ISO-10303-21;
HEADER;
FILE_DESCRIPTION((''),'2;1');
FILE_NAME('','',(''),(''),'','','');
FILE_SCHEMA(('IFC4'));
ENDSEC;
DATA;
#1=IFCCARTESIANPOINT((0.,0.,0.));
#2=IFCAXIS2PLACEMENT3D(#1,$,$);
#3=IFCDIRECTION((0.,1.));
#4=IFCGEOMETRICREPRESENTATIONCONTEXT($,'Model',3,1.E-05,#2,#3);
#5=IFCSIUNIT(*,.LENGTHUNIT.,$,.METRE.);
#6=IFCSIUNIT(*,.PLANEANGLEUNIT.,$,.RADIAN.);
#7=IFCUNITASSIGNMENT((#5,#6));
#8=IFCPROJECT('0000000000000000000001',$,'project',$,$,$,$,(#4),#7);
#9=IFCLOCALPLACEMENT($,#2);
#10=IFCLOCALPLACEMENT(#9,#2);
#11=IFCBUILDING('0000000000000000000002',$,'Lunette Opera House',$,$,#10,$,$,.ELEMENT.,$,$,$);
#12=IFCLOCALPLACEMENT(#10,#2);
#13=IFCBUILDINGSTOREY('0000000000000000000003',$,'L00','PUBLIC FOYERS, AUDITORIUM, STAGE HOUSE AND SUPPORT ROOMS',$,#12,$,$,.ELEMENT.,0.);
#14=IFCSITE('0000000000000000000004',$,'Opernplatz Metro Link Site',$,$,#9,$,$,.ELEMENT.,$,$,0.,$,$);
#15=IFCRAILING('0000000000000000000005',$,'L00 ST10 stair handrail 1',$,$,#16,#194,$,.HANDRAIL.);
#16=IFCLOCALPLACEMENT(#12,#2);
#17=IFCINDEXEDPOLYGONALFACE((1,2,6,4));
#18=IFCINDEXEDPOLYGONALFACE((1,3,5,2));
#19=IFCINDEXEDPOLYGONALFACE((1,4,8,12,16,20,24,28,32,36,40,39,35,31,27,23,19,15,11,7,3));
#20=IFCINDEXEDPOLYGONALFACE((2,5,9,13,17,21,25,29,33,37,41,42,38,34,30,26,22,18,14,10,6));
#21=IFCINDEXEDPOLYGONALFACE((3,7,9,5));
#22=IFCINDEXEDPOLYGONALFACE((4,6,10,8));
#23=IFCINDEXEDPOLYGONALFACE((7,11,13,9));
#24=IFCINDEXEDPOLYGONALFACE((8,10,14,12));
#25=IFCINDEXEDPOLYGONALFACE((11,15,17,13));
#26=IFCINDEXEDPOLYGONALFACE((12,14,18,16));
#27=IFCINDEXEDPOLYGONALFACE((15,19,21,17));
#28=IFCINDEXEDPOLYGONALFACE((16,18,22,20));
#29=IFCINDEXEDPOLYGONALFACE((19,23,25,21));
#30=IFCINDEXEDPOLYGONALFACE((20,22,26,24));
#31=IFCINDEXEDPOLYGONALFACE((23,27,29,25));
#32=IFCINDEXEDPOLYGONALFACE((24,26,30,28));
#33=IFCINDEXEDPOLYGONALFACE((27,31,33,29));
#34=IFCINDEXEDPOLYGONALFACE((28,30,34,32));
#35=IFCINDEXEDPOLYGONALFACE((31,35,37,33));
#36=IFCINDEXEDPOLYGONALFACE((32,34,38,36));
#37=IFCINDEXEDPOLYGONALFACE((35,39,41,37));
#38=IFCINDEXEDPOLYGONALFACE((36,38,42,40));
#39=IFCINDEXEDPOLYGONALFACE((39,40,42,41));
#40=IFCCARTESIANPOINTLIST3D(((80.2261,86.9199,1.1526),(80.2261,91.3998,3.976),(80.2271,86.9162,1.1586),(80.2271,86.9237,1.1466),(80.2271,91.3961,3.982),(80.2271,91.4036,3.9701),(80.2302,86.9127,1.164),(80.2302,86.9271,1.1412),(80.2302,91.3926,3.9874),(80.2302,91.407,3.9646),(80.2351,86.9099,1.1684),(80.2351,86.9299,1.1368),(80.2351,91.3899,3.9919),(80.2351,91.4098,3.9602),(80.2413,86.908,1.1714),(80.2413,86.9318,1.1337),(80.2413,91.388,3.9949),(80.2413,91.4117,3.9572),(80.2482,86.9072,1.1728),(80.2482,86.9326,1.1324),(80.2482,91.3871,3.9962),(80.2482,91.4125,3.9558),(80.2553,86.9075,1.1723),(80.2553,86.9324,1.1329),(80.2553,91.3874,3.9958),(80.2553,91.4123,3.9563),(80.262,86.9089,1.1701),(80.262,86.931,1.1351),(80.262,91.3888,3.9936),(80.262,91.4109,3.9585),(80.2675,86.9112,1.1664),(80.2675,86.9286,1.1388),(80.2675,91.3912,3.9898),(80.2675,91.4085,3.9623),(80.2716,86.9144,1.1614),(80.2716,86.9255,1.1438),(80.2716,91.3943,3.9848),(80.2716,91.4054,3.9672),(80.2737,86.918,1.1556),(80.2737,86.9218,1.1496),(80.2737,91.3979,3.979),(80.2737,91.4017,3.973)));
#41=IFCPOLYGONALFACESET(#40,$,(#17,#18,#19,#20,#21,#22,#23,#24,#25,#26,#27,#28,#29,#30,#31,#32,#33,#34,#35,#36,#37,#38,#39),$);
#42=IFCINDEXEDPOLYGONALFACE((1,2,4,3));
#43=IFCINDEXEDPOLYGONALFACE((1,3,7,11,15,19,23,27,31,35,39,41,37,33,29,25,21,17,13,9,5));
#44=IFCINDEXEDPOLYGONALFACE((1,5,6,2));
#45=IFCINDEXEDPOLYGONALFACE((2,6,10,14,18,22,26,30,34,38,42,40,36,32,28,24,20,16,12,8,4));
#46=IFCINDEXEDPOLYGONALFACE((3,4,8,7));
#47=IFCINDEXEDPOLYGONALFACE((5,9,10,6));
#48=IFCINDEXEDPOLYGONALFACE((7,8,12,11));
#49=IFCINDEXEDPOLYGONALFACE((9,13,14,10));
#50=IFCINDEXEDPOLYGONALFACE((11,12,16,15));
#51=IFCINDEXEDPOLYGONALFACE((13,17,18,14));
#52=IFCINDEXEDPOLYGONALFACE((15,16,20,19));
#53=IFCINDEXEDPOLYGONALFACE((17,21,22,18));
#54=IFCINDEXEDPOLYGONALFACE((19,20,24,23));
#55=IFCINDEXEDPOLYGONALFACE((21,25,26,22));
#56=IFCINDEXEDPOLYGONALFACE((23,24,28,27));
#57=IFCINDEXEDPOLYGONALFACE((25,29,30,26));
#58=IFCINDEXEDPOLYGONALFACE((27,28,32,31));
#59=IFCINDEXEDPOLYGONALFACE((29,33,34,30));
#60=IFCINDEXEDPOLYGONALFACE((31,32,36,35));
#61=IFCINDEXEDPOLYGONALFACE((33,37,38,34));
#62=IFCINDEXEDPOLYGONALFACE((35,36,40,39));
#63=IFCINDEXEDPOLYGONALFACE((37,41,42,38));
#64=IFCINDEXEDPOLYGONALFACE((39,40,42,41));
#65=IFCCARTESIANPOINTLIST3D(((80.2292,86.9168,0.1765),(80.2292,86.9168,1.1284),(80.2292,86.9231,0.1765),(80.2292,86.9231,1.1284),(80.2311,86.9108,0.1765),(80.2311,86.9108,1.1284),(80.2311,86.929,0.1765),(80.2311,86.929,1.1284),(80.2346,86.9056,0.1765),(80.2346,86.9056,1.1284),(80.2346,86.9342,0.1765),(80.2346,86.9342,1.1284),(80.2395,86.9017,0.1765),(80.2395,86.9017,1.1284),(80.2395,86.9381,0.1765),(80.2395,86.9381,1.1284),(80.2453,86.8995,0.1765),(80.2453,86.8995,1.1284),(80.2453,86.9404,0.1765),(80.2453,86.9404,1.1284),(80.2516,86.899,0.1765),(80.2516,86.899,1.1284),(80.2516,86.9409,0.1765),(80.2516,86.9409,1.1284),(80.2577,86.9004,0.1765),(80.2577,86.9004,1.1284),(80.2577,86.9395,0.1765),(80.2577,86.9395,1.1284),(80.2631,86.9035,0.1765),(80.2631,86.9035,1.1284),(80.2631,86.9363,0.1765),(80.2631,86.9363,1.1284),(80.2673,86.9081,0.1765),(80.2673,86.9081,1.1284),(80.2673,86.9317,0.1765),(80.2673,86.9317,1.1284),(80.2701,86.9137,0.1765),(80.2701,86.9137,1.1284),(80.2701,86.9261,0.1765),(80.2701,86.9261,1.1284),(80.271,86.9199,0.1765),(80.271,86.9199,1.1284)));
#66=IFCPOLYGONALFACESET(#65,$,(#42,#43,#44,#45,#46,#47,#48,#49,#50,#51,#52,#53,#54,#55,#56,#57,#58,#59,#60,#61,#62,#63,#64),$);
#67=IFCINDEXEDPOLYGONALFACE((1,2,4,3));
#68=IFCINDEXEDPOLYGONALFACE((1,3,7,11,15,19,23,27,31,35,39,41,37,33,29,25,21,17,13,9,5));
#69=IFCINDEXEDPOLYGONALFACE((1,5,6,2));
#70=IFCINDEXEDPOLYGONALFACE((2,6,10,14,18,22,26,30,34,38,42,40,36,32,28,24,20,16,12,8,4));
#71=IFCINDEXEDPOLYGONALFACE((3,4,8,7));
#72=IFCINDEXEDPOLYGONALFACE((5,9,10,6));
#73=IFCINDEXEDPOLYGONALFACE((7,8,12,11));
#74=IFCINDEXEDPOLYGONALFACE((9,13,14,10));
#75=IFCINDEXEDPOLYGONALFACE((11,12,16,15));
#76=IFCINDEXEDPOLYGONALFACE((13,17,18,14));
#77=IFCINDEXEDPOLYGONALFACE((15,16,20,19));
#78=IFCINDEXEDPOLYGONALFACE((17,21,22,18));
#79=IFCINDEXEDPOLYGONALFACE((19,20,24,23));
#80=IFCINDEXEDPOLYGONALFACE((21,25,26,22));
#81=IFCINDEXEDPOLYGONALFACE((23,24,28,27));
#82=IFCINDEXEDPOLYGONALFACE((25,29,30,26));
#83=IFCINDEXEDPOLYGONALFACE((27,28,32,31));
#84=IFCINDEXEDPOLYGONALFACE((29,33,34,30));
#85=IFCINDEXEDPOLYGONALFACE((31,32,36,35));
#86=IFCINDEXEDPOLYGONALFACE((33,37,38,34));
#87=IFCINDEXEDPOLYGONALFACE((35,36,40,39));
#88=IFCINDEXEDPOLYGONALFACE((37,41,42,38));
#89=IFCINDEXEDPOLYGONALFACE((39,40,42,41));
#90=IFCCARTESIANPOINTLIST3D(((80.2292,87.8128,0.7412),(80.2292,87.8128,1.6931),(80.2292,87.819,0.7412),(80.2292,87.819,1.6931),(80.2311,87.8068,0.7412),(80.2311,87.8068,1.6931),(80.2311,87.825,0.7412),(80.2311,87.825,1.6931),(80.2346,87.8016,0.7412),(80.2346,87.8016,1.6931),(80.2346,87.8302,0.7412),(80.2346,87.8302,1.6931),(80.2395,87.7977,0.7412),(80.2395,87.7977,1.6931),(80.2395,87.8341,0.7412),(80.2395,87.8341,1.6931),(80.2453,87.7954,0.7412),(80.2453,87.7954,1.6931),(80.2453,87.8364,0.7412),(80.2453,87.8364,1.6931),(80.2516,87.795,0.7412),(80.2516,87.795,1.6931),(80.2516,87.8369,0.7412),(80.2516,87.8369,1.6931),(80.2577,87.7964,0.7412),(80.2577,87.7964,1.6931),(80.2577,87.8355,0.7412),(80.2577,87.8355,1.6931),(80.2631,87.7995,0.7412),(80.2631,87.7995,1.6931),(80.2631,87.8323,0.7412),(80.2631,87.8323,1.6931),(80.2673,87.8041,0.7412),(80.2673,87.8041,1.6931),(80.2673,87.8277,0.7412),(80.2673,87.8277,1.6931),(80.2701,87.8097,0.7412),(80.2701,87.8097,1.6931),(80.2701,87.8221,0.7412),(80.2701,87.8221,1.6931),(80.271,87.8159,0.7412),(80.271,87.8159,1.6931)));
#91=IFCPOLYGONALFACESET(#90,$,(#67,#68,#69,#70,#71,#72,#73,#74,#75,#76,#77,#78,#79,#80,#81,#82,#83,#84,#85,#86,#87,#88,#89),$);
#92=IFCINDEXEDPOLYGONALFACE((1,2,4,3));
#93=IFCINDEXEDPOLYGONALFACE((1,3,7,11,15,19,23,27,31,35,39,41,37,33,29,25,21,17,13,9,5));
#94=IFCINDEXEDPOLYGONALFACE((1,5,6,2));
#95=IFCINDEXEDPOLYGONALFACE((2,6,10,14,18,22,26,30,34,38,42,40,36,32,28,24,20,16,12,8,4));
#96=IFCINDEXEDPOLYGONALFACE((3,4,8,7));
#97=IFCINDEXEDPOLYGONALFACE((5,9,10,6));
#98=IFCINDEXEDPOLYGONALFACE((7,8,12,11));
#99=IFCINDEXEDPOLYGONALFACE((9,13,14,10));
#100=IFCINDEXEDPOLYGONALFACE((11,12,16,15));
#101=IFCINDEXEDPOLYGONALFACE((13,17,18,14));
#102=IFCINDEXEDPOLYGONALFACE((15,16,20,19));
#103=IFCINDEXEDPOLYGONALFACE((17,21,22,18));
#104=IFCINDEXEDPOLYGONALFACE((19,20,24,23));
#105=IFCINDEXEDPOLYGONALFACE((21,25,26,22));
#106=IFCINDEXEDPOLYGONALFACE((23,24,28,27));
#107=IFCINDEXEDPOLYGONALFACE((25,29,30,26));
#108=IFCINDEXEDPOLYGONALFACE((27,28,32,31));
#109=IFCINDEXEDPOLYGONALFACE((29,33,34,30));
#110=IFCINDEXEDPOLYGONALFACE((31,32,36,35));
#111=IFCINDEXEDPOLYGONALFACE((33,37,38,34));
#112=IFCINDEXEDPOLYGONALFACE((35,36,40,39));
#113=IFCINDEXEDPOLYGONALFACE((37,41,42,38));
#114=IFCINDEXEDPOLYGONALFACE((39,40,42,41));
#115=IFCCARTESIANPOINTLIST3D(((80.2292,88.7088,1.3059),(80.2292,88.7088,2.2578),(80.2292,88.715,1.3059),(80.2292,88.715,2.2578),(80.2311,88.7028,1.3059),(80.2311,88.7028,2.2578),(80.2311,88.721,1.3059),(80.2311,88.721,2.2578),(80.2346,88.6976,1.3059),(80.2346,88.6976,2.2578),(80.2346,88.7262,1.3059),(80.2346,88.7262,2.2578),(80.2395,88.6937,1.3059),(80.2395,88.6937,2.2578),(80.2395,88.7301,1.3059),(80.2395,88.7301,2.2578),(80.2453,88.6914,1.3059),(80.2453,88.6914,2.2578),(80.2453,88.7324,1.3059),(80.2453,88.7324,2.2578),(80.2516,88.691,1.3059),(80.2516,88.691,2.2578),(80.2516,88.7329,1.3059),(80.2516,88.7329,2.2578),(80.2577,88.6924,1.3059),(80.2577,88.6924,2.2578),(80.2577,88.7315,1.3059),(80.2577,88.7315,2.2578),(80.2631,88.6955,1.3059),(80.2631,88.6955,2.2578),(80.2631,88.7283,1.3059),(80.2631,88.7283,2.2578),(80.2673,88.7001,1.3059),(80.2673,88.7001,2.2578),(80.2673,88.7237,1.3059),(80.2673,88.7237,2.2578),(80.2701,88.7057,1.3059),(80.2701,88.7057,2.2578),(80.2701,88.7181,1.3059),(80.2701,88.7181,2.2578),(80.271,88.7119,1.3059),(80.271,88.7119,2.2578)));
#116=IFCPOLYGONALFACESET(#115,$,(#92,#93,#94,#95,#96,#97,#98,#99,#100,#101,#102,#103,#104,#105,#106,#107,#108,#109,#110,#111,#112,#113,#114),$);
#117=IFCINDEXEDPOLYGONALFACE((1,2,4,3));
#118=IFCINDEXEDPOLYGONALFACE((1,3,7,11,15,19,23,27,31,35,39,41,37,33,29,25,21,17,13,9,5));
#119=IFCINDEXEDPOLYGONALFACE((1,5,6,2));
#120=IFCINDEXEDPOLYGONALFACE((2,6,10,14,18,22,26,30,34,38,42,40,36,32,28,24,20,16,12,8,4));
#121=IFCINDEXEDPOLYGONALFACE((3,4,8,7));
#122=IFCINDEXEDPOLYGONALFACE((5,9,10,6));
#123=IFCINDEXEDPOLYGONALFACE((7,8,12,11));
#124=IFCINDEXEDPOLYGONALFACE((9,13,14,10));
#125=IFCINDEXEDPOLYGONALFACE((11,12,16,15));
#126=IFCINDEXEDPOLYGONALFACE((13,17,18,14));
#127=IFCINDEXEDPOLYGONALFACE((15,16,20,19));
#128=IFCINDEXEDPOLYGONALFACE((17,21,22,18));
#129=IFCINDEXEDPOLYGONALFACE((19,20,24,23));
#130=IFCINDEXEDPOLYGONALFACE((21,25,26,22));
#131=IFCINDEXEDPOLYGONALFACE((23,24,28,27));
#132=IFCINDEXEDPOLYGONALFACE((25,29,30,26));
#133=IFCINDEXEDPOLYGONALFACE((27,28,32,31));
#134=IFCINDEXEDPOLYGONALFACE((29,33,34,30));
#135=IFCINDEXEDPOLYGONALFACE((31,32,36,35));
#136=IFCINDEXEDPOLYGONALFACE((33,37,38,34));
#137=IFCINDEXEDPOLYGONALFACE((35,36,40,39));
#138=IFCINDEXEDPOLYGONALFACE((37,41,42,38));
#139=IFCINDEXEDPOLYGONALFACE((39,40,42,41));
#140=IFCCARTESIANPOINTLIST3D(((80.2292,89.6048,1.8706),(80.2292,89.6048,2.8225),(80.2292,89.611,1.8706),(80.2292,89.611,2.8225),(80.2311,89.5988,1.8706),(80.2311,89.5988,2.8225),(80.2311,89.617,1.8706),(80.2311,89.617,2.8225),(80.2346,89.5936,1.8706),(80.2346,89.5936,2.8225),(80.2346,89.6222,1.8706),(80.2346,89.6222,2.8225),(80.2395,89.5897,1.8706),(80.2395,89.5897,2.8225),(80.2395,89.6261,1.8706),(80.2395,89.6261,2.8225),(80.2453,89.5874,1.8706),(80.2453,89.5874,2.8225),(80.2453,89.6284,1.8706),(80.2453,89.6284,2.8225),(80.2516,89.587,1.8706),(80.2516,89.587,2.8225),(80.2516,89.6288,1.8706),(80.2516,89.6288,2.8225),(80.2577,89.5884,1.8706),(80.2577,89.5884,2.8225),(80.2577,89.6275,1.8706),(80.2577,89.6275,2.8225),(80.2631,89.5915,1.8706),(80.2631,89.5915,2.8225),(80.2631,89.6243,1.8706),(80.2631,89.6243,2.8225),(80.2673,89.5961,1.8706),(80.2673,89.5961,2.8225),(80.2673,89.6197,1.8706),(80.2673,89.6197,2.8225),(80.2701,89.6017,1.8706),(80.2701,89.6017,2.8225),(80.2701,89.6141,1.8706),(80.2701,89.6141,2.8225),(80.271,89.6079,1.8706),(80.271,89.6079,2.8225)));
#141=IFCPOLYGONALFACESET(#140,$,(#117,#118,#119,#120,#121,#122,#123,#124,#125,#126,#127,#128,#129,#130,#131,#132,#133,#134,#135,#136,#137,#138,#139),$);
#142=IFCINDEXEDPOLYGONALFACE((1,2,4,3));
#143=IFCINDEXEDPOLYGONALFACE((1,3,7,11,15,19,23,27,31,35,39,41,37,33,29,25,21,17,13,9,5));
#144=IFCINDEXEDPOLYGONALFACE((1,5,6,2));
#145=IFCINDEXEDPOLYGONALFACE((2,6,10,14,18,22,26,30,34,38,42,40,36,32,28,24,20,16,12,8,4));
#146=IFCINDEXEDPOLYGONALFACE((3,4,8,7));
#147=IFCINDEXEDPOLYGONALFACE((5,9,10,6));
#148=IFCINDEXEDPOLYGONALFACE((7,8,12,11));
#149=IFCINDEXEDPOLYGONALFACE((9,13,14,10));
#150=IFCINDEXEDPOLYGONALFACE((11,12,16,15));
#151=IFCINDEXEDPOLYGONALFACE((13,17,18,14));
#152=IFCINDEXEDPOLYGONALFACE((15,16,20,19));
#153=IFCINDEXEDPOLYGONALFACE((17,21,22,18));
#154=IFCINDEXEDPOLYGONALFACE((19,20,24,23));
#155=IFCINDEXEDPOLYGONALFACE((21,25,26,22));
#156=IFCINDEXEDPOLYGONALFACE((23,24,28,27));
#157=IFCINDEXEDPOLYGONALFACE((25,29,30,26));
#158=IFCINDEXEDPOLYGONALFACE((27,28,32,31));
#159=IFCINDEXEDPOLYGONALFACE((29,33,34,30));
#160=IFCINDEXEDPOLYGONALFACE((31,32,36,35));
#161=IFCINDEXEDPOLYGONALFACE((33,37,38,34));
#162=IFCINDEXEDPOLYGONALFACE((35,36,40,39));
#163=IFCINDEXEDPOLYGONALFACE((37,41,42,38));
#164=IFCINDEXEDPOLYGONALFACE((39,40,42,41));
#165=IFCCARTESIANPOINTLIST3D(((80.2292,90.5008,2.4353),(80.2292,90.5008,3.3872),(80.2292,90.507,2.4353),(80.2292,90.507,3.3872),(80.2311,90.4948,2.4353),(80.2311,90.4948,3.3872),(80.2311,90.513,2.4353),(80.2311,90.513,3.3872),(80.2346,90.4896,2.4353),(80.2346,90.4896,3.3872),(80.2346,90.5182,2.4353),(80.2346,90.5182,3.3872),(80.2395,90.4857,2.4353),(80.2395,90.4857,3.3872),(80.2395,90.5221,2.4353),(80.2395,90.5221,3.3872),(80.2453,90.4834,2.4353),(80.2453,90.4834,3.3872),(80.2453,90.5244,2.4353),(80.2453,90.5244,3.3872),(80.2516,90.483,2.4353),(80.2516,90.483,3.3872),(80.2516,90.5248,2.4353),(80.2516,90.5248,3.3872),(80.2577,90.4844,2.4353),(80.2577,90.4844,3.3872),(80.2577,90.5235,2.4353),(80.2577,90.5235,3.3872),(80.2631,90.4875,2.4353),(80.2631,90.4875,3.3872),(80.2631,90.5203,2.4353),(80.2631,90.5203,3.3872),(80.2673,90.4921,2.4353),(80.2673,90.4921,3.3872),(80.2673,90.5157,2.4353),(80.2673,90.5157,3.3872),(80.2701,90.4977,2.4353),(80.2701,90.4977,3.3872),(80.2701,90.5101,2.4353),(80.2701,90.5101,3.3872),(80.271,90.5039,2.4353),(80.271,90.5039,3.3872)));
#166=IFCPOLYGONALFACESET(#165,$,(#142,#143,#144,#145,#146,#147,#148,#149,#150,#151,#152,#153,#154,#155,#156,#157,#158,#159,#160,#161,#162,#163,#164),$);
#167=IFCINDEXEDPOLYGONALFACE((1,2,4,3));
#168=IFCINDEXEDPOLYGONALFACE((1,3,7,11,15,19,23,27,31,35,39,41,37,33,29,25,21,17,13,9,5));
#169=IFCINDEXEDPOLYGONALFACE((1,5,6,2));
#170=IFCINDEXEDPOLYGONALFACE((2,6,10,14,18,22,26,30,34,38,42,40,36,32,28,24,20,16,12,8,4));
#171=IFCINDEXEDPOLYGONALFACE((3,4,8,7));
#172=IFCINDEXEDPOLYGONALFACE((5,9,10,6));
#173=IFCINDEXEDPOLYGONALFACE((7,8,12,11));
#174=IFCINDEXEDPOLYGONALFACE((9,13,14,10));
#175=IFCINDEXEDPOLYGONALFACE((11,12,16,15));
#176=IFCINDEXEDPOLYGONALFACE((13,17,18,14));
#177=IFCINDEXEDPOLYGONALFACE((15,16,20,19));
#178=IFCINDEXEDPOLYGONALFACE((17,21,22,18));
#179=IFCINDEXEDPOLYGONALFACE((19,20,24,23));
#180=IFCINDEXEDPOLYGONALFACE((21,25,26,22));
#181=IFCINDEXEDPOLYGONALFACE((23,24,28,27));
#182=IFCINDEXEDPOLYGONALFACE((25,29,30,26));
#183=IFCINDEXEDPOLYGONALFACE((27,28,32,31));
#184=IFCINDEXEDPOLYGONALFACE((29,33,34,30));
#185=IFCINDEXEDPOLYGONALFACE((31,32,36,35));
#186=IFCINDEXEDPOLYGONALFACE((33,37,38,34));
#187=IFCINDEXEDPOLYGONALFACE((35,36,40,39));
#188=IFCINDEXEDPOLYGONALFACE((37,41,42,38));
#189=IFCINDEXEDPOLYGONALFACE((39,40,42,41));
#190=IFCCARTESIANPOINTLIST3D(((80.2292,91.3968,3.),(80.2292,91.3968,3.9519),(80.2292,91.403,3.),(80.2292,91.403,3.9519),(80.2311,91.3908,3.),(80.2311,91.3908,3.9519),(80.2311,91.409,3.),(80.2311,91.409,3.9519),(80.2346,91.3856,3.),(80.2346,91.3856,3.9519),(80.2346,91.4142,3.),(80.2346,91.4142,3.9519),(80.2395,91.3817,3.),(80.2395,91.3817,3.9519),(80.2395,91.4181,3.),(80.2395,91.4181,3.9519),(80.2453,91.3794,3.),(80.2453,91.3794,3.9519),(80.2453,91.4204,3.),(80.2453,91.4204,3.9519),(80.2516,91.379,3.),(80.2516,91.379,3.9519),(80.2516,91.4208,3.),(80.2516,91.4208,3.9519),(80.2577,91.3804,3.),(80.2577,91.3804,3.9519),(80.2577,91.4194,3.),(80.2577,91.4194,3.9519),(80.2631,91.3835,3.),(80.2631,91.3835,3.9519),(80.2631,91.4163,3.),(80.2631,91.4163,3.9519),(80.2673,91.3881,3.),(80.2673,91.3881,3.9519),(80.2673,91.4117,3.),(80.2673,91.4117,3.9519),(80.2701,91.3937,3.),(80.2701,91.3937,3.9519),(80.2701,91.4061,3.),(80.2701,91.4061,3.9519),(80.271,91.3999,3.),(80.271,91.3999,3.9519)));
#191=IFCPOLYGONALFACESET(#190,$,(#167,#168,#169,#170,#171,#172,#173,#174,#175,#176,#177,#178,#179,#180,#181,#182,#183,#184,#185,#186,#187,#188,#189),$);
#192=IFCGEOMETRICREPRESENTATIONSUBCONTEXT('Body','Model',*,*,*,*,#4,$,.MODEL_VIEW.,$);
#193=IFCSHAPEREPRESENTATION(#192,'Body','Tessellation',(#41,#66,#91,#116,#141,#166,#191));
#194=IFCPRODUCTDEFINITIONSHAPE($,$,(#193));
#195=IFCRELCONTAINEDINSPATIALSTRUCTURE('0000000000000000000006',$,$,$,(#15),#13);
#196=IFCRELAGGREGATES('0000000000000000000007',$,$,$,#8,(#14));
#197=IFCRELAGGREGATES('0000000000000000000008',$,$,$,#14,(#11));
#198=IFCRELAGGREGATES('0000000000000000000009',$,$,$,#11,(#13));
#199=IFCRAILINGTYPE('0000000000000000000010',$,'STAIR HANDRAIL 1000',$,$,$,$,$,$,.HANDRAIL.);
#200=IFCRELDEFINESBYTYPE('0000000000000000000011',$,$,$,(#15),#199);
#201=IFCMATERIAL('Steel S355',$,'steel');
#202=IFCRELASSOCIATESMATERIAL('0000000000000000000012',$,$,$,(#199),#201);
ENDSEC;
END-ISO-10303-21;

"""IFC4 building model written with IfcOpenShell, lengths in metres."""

from ifc_helpers import new_model, si_unit, direction, frame, origin, origin_2d, place, context, subcontext, project, spatial, circle, extrude, material, type_object, element, save


model = new_model("IFC4")

# Units and contexts
model_context = context("Model", 3, precision=1e-05, world=origin(), true_north=direction((0.0, 1.0)))
body_context = subcontext(model_context, "Body", "Model", "MODEL_VIEW")
ifc_project = project(units=[si_unit("LENGTHUNIT", "METRE"), si_unit("PLANEANGLEUNIT", "RADIAN")], contexts=[model_context])

# Site, building, storey
site_placement = place(None, origin())
site = spatial("IfcSite", under=ifc_project, at=site_placement, Name="Opernplatz Metro Link Site", CompositionType="ELEMENT", RefElevation=0.0)
building_placement = place(site_placement, origin())
building = spatial("IfcBuilding", under=site, at=building_placement, Name="Lunette Opera House", CompositionType="ELEMENT")
storey_placement = place(building_placement, origin())
storey = spatial("IfcBuildingStorey", under=building, at=storey_placement, Name="L00", Description="PUBLIC FOYERS, AUDITORIUM, STAGE HOUSE AND SUPPORT ROOMS", CompositionType="ELEMENT", Elevation=0.0)

# Railing
ifc_material_1 = material(Name="Steel S355", Category="steel")
railing_type_1 = type_object("IfcRailingType", Name="STAIR HANDRAIL 1000", PredefinedType="HANDRAIL", material=ifc_material_1)
railing_1_placement = place(storey_placement, frame((80.25, 86.9199, 0.1765)))
element("IfcRailing", 1, at=railing_1_placement, inside=storey, type_object=railing_type_1, Name="L00 ST10 stair handrail 1", PredefinedType="HANDRAIL", context=body_context, shape_type="SweptSolid", body=[
    extrude(circle(Radius=0.0239, at=origin_2d()), frame((0.0, 0.0, 0.9761), z_axis=(0.0, 0.845998, 0.533186), x_axis=(-1.0, 0.0, 0.0)), (0.0, 0.0, 1.0), 5.2954),
    extrude(circle(Radius=0.021, at=origin_2d()), origin(), (0.0, 0.0, 1.0), 0.9519),
    extrude(circle(Radius=0.021, at=origin_2d()), frame((0.0, 0.896, 0.5647)), (0.0, 0.0, 1.0), 0.9519),
    extrude(circle(Radius=0.021, at=origin_2d()), frame((0.0, 1.792, 1.1294)), (0.0, 0.0, 1.0), 0.9519),
    extrude(circle(Radius=0.021, at=origin_2d()), frame((0.0, 2.688, 1.6941)), (0.0, 0.0, 1.0), 0.9519),
    extrude(circle(Radius=0.021, at=origin_2d()), frame((0.0, 3.584, 2.2588)), (0.0, 0.0, 1.0), 0.9519),
    extrude(circle(Radius=0.021, at=origin_2d()), frame((0.0, 4.48, 2.8235)), (0.0, 0.0, 1.0), 0.9519),
])

save(model, "model.ifc")
